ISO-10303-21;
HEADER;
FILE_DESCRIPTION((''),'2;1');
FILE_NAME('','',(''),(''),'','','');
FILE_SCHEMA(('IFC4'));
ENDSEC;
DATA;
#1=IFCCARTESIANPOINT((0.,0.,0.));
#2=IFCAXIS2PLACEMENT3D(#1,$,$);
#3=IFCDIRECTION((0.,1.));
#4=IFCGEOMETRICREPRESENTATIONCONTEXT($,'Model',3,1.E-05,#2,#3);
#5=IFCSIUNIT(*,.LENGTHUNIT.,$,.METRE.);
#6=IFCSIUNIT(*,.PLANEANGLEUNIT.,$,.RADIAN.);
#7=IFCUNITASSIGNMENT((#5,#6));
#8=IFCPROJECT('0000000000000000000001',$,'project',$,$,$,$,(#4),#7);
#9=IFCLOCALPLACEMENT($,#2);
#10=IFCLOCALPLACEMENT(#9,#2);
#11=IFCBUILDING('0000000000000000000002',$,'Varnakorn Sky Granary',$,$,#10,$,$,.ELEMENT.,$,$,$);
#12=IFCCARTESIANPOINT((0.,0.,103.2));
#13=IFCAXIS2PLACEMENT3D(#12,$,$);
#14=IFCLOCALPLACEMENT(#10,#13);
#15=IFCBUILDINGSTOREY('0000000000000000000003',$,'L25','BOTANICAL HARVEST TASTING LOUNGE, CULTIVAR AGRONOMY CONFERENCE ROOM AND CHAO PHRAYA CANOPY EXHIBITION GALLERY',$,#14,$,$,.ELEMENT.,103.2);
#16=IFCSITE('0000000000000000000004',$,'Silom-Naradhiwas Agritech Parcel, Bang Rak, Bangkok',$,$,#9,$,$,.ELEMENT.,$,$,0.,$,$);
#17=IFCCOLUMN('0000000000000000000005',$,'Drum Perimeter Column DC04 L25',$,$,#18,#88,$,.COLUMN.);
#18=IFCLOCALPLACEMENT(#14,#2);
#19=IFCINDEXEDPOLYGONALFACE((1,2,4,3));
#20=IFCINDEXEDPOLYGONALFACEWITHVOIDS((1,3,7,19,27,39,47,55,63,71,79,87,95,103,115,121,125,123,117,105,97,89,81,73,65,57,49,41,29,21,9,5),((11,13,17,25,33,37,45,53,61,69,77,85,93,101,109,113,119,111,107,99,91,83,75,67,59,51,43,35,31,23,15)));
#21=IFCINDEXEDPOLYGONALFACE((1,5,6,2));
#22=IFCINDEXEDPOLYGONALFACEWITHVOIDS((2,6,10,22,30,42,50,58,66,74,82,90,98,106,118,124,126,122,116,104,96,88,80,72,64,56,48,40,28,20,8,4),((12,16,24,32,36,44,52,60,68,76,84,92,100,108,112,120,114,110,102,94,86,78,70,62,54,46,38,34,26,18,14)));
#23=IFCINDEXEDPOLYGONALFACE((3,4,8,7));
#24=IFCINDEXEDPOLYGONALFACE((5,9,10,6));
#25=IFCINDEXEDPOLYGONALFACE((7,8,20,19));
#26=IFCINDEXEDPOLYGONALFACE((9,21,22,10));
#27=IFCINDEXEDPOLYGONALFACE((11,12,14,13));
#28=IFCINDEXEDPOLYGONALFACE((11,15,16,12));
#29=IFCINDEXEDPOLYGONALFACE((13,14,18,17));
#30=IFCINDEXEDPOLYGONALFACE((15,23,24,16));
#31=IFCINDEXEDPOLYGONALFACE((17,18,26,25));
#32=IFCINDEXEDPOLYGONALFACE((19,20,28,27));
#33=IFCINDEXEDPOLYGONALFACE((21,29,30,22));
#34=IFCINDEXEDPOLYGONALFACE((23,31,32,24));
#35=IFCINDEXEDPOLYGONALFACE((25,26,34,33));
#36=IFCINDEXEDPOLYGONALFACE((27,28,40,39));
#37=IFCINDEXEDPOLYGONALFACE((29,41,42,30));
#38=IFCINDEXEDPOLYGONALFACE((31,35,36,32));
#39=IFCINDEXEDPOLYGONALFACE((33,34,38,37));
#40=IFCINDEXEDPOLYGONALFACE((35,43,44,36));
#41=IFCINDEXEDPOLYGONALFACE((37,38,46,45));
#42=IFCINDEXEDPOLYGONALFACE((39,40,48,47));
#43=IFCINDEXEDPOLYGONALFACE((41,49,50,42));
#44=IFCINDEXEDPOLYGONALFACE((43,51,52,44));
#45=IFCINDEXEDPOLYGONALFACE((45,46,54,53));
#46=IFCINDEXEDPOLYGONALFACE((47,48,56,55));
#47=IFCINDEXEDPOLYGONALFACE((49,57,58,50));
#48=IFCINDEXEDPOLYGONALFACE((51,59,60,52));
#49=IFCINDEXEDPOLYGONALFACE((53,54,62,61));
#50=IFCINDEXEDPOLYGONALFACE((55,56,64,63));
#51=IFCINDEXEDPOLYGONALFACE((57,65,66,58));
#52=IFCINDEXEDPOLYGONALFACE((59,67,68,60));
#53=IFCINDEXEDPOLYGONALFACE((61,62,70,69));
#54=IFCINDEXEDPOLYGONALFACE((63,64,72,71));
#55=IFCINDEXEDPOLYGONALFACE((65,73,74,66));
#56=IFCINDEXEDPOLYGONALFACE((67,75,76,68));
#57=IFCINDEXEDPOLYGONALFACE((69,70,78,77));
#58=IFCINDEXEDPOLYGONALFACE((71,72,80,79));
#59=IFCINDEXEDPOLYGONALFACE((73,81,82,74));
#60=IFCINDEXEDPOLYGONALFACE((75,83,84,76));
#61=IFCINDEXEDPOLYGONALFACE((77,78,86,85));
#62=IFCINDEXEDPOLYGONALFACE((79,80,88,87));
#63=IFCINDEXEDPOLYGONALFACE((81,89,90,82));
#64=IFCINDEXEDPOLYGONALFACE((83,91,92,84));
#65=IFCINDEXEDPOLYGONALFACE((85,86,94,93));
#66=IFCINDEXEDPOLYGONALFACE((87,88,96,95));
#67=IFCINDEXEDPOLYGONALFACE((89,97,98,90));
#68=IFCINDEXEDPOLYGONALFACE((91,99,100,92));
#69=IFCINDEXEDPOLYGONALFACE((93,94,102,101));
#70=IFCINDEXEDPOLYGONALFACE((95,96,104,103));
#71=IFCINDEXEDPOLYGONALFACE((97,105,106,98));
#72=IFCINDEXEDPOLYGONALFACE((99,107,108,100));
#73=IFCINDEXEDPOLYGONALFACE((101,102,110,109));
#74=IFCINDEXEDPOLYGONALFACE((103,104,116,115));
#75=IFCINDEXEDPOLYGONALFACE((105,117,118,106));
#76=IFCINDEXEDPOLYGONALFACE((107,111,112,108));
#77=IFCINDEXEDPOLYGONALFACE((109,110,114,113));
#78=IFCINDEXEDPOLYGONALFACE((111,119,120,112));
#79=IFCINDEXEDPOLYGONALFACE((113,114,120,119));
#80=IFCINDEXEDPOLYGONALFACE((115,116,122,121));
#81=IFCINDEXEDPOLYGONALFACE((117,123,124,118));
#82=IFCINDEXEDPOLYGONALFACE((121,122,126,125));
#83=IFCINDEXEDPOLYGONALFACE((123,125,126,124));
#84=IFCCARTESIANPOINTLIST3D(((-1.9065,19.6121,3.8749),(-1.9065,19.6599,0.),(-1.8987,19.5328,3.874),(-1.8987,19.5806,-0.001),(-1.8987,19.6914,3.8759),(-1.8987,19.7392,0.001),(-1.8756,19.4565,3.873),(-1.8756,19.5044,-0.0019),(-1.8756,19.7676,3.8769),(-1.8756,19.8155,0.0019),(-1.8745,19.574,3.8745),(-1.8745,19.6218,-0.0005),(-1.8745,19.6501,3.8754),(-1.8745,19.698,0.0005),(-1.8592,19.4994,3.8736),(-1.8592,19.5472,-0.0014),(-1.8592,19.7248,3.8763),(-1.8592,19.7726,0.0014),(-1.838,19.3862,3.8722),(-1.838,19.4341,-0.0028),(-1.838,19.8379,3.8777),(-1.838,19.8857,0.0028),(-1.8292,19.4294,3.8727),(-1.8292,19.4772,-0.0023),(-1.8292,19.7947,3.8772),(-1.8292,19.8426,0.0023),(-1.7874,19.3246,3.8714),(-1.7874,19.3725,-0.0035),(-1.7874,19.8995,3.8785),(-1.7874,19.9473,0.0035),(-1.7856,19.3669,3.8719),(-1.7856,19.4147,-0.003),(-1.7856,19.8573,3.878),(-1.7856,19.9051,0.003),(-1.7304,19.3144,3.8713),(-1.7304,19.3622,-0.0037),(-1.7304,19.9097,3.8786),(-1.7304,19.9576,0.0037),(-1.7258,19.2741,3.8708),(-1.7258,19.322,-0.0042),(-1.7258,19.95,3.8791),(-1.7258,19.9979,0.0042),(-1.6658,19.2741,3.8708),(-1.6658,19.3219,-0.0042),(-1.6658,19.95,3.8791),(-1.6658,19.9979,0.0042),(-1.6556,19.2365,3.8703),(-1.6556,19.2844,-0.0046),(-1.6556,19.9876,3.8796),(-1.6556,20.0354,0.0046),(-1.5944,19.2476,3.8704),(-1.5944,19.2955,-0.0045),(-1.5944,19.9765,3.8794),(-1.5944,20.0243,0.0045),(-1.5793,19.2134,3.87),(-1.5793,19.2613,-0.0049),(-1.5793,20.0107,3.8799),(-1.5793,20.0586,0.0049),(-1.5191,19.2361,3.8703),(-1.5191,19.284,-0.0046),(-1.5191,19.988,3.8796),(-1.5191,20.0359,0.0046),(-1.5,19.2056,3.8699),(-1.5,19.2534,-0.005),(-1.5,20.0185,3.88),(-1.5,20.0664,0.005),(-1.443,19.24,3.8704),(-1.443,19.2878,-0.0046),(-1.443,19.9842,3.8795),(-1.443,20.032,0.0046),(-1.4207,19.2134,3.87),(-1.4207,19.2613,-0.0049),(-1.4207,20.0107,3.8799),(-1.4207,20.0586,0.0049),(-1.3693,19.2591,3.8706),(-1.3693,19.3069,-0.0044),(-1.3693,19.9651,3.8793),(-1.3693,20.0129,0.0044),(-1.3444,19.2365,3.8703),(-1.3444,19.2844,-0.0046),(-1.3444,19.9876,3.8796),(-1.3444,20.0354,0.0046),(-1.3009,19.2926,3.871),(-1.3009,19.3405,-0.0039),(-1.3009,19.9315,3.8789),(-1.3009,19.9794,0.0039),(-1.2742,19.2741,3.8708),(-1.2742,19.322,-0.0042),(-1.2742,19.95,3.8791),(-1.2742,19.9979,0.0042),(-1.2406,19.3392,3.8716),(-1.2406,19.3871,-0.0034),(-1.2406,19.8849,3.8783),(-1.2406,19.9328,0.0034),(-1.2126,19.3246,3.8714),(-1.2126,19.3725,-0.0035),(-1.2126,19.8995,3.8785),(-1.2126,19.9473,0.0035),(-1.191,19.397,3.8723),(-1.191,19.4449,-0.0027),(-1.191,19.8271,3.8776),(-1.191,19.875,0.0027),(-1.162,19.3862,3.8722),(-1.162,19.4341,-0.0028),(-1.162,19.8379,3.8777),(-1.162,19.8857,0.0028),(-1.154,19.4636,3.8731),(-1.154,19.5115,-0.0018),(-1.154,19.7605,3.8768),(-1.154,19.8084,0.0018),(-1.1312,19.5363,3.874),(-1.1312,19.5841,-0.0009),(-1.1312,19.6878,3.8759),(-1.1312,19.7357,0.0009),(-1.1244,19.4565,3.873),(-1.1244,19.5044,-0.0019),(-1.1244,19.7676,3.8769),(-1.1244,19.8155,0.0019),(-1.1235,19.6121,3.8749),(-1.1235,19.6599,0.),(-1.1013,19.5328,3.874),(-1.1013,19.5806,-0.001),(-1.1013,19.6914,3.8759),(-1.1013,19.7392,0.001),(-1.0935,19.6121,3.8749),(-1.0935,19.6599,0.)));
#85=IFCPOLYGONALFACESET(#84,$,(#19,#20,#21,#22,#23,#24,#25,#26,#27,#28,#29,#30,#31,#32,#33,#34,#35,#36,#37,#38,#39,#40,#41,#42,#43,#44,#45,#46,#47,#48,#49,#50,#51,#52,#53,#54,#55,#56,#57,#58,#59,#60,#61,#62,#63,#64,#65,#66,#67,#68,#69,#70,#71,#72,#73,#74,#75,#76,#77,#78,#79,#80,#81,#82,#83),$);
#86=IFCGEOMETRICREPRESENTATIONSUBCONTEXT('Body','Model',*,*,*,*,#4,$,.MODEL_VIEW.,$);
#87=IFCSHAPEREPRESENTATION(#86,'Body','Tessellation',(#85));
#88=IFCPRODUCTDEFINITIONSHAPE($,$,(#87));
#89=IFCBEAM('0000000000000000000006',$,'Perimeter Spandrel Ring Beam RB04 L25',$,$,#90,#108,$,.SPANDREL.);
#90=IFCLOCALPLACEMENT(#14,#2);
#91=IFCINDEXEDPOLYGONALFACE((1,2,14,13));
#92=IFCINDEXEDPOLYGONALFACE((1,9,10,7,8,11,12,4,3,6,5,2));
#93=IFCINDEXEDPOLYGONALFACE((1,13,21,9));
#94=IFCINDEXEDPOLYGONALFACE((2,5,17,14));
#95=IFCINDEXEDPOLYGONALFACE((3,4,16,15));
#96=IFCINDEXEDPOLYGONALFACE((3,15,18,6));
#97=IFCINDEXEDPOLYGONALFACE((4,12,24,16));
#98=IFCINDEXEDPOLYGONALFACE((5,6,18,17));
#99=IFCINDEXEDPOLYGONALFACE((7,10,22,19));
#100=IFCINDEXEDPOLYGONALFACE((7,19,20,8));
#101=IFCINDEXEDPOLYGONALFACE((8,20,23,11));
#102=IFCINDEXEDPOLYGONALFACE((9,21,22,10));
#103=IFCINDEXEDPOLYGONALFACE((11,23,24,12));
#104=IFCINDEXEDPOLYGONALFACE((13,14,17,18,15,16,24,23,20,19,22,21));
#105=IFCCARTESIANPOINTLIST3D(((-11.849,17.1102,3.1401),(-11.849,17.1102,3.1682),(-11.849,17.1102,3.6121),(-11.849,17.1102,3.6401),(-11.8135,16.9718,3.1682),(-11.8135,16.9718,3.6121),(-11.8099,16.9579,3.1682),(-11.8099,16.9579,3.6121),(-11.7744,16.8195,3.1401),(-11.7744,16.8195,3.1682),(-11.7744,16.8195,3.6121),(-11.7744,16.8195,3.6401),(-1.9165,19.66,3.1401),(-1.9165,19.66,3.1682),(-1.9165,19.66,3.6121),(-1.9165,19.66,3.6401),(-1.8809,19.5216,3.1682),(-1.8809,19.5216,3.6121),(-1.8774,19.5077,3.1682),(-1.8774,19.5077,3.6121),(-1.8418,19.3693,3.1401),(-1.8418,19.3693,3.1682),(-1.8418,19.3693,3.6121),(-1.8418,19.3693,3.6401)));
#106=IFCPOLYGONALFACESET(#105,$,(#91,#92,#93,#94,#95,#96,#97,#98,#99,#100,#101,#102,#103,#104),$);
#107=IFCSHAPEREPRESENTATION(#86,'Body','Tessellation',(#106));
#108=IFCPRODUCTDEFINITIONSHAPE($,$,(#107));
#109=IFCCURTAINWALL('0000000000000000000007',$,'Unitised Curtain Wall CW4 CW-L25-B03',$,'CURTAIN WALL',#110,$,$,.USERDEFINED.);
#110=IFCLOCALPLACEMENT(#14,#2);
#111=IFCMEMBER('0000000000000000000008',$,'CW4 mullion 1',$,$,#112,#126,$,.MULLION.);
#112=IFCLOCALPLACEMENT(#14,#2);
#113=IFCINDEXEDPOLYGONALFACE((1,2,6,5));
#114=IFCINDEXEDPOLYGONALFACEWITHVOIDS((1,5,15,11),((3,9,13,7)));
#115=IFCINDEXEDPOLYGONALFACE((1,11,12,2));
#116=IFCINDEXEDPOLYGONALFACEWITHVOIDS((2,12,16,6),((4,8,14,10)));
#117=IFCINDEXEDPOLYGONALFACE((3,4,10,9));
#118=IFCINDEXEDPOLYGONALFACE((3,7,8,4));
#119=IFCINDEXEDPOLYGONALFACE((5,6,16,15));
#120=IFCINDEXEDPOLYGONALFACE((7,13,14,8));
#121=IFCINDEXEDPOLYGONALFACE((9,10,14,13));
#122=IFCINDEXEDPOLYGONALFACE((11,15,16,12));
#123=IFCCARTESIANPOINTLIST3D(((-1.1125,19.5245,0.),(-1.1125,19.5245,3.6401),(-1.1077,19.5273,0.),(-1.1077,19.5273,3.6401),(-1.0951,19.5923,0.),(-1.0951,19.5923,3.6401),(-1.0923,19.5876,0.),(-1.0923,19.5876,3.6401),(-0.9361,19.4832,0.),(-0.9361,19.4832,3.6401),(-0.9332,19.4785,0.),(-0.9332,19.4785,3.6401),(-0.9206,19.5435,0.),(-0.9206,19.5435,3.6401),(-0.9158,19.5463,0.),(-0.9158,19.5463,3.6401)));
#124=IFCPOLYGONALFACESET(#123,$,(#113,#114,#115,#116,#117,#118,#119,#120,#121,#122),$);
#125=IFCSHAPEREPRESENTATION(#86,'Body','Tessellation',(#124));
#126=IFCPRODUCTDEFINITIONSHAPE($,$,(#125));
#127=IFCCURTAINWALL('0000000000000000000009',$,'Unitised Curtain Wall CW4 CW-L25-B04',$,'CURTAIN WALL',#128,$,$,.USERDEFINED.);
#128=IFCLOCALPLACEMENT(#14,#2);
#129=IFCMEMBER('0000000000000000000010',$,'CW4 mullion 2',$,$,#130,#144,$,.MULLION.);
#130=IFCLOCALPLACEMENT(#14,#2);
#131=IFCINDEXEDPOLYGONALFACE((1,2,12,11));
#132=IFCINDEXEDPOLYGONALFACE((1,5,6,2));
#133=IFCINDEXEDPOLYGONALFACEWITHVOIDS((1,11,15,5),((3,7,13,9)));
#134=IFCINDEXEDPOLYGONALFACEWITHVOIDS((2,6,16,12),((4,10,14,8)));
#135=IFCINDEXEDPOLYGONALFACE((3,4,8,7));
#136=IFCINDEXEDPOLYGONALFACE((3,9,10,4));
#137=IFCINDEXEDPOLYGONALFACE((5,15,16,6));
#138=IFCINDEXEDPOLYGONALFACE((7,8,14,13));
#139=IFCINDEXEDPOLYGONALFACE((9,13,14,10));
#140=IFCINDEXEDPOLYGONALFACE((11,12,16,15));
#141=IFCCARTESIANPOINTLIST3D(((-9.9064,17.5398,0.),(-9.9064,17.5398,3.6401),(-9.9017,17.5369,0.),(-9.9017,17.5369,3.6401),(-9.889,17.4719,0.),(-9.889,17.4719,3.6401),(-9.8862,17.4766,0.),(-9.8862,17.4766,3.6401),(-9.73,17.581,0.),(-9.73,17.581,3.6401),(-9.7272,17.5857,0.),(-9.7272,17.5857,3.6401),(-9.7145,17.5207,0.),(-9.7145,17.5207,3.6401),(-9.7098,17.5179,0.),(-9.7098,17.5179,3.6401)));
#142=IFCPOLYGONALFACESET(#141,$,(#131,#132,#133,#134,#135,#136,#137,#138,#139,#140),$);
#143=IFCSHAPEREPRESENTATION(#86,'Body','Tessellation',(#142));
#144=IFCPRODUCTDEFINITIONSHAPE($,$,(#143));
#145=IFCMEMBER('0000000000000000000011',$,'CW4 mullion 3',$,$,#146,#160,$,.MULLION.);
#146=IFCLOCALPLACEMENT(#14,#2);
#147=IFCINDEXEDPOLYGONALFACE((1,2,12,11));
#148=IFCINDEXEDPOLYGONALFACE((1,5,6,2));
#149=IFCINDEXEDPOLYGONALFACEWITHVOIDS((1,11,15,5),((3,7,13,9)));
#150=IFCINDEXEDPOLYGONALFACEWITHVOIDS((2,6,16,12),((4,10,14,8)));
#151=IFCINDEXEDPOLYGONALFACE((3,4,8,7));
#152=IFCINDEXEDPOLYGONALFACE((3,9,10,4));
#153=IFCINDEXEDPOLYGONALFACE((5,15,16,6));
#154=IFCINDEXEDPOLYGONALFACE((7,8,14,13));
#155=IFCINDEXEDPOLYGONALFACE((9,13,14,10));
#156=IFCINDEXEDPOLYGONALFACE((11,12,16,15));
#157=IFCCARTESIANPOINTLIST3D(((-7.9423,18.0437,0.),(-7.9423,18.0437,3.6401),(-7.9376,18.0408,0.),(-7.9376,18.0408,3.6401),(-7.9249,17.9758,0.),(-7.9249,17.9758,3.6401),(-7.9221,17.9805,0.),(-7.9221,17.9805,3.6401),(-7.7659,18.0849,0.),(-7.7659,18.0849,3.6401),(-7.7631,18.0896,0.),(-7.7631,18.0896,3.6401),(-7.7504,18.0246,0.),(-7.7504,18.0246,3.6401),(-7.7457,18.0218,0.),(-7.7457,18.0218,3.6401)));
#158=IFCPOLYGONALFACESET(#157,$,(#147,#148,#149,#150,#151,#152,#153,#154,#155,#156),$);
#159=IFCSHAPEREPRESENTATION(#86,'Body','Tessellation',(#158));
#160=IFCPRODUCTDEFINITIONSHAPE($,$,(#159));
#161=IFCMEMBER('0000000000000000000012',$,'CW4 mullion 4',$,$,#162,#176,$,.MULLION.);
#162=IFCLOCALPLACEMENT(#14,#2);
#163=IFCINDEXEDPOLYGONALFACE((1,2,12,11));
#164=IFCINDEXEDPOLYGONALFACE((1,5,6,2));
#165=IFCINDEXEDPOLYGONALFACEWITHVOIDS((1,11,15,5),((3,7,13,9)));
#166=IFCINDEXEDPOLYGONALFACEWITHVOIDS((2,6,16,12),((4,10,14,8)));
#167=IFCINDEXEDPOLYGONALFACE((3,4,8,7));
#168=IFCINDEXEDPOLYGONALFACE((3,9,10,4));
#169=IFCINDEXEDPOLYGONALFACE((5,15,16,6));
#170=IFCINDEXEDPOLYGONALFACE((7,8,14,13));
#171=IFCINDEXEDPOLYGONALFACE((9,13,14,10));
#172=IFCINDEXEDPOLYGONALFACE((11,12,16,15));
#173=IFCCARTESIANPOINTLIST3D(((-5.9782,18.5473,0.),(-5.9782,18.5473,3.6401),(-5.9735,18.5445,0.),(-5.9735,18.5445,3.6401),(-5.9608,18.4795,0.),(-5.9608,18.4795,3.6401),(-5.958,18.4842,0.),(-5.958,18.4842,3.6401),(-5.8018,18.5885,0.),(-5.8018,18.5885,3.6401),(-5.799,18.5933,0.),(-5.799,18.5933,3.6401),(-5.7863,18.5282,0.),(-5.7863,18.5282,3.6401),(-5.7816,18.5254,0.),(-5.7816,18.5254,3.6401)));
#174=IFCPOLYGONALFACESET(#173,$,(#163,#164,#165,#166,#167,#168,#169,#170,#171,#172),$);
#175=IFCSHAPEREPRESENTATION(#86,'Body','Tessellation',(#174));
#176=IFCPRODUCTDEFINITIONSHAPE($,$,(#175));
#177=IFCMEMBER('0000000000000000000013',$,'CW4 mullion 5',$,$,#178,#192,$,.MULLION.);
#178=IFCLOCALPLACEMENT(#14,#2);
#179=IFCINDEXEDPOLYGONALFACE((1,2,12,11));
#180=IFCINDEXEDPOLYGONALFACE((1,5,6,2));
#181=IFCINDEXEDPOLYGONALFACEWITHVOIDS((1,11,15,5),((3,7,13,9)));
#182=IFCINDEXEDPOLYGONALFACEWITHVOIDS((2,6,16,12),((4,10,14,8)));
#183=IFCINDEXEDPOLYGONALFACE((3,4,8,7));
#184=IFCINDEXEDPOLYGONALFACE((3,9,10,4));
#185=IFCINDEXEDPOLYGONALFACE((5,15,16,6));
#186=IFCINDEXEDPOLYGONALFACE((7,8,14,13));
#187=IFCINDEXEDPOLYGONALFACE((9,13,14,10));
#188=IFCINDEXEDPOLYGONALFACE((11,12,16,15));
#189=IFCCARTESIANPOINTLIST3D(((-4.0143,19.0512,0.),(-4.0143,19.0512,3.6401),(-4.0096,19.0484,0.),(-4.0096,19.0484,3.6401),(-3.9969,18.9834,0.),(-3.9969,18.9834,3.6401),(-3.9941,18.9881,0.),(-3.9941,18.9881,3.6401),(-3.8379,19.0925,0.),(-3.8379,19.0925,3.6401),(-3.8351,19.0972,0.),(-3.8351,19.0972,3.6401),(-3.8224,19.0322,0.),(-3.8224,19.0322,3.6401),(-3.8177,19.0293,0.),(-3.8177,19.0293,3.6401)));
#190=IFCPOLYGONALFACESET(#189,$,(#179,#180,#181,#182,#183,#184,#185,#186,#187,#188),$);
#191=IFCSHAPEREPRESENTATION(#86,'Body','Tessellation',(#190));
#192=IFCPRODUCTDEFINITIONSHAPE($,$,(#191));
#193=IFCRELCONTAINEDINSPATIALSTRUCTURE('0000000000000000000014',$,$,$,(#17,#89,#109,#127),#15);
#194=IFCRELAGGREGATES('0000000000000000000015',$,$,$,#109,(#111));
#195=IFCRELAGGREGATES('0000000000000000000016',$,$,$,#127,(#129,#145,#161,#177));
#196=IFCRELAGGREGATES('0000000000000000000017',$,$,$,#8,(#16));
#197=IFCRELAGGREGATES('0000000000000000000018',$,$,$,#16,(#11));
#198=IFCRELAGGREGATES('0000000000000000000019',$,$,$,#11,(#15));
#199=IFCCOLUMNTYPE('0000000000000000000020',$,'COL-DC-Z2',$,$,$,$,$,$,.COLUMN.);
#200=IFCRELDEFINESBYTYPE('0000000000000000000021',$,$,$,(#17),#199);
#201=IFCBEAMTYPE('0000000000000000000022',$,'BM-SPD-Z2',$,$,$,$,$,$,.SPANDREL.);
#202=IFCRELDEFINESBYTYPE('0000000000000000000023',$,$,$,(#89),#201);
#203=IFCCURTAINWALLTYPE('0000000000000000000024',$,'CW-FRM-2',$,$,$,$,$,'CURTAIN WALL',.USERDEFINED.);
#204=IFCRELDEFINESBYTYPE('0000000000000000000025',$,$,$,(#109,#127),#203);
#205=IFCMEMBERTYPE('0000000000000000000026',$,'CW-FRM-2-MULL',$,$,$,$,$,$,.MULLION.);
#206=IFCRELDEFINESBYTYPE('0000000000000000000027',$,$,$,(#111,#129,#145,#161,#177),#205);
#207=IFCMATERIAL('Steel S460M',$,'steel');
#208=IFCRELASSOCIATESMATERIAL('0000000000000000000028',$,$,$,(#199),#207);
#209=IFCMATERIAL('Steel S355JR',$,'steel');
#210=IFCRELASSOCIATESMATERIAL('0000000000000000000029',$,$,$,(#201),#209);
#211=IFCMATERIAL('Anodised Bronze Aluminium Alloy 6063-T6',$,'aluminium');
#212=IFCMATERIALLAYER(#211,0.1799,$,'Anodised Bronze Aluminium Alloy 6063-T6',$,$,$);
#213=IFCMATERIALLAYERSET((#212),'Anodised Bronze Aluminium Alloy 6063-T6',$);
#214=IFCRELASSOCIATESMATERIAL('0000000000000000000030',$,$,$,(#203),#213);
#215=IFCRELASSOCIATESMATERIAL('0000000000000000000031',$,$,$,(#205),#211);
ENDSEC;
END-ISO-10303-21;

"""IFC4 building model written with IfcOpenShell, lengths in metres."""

from ifc_helpers import new_model, si_unit, direction, frame, origin, origin_2d, place, context, subcontext, project, spatial, hollow_rectangle, hollow_circle, i_section, extrude, material, layer, layer_set, material_profile, profile_set, type_object, element, aggregate, save


model = new_model("IFC4")

# Units and contexts
model_context = context("Model", 3, precision=1e-05, world=origin(), true_north=direction((0.0, 1.0)))
body_context = subcontext(model_context, "Body", "Model", "MODEL_VIEW")
ifc_project = project(units=[si_unit("LENGTHUNIT", "METRE"), si_unit("PLANEANGLEUNIT", "RADIAN")], contexts=[model_context])

# Site, building, storey
site_placement = place(None, origin())
site = spatial("IfcSite", under=ifc_project, at=site_placement, Name="Silom-Naradhiwas Agritech Parcel, Bang Rak, Bangkok", CompositionType="ELEMENT", RefElevation=0.0)
building_placement = place(site_placement, origin())
building = spatial("IfcBuilding", under=site, at=building_placement, Name="Varnakorn Sky Granary", CompositionType="ELEMENT")
storey_placement = place(building_placement, frame((0.0, 0.0, 103.2)))
storey = spatial("IfcBuildingStorey", under=building, at=storey_placement, Name="L25", Description="BOTANICAL HARVEST TASTING LOUNGE, CULTIVAR AGRONOMY CONFERENCE ROOM AND CHAO PHRAYA CANOPY EXHIBITION GALLERY", CompositionType="ELEMENT", Elevation=103.2)

# Column
ifc_material_1 = material(Name="Steel S460M", Category="steel")
ifc_material_profile_1 = material_profile(ifc_material_1, hollow_circle(Radius=0.4065, WallThickness=0.03, at=origin_2d()), Name="CHS 813x30")
ifc_profile_set_1 = profile_set([ifc_material_profile_1], Name="Steel S460M")
column_type = type_object("IfcColumnType", Name="COL-DC-Z2", PredefinedType="COLUMN", material=ifc_profile_set_1)
column_placement = place(storey_placement, frame((-1.5, 19.6599, 0.0), z_axis=(0.0, -0.012348, 0.999924), x_axis=(1.0, 0.0, 0.0)))
element("IfcColumn", 1, at=column_placement, inside=storey, type_object=column_type, Name="Drum Perimeter Column DC04 L25", PredefinedType="COLUMN", context=body_context, shape_type="SweptSolid", body=[
    extrude(hollow_circle(Radius=0.4065, WallThickness=0.03, at=origin_2d()), origin(), (0.0, 0.0, 1.0), 3.8752),
])

# Beam
ifc_material_2 = material(Name="Steel S355JR", Category="steel")
ifc_material_profile_2 = material_profile(ifc_material_2, i_section(OverallWidth=0.3, OverallDepth=0.5, WebThickness=0.0144, FlangeThickness=0.0281, at=origin_2d()), Name="HE 500 B")
ifc_profile_set_2 = profile_set([ifc_material_profile_2], Name="Steel S355JR")
beam_type = type_object("IfcBeamType", Name="BM-SPD-Z2", PredefinedType="SPANDREL", material=ifc_profile_set_2)
beam_placement = place(storey_placement, frame((-1.8792, 19.5146, 3.3901), z_axis=(-0.968594, -0.248648, 0.0), x_axis=(0.248648, -0.968594, 0.0)))
element("IfcBeam", 2, at=beam_placement, inside=storey, type_object=beam_type, Name="Perimeter Spandrel Ring Beam RB04 L25", PredefinedType="SPANDREL", context=body_context, shape_type="SweptSolid", body=[
    extrude(i_section(OverallWidth=0.3, OverallDepth=0.5, WebThickness=0.0144, FlangeThickness=0.0281, at=origin_2d()), origin(), (0.0, 0.0, 1.0), 10.2546),
])

# Curtain wall, member
ifc_material_3 = material(Name="Anodised Bronze Aluminium Alloy 6063-T6", Category="aluminium")
ifc_layer_1 = layer(ifc_material_3, 0.1799, Name="Anodised Bronze Aluminium Alloy 6063-T6")
ifc_layer_set_1 = layer_set([ifc_layer_1], Name="Anodised Bronze Aluminium Alloy 6063-T6")
curtain_wall_type = type_object("IfcCurtainWallType", Name="CW-FRM-2", ElementType="CURTAIN WALL", PredefinedType="USERDEFINED", material=ifc_layer_set_1)
curtain_wall_1_placement = place(storey_placement, origin())
curtain_wall_1 = element("IfcCurtainWall", 3, at=curtain_wall_1_placement, inside=storey, type_object=curtain_wall_type, Name="Unitised Curtain Wall CW4 CW-L25-B03", ObjectType="CURTAIN WALL", PredefinedType="USERDEFINED")
ifc_material_profile_3 = material_profile(ifc_material_3, hollow_rectangle(XDim=0.0701, YDim=0.1851, WallThickness=0.0039, at=origin_2d()), Name="ALU MULL 70x185")
ifc_profile_set_3 = profile_set([ifc_material_profile_3], Name="Anodised Bronze Aluminium Alloy 6063-T6")
member_type_1 = type_object("IfcMemberType", Name="CW-FRM-2-MULL", PredefinedType="MULLION", material=ifc_profile_set_3)
member_1_placement = place(storey_placement, frame((-1.0142, 19.5354, 0.0), z_axis=(0.0, 0.0, 1.0), x_axis=(0.248477, 0.968638, 0.0)))
member_1 = element("IfcMember", 4, at=member_1_placement, type_object=member_type_1, Name="CW4 mullion 1", PredefinedType="MULLION", context=body_context, shape_type="SweptSolid", body=[
    extrude(hollow_rectangle(XDim=0.0701, YDim=0.1851, WallThickness=0.0039, at=origin_2d()), origin(), (0.0, 0.0, 1.0), 3.6401),
])

# Curtain wall, members
curtain_wall_2_placement = place(storey_placement, origin())
curtain_wall_2 = element("IfcCurtainWall", 5, at=curtain_wall_2_placement, inside=storey, type_object=curtain_wall_type, Name="Unitised Curtain Wall CW4 CW-L25-B04", ObjectType="CURTAIN WALL", PredefinedType="USERDEFINED")
member_2_placement = place(storey_placement, frame((-9.8081, 17.5288, 0.0), z_axis=(0.0, 0.0, 1.0), x_axis=(-0.248477, 0.968638, 0.0)))
member_2 = element("IfcMember", 6, at=member_2_placement, type_object=member_type_1, Name="CW4 mullion 2", PredefinedType="MULLION", context=body_context, shape_type="SweptSolid", body=[
    extrude(hollow_rectangle(XDim=0.0701, YDim=0.1851, WallThickness=0.0039, at=origin_2d()), origin(), (0.0, 0.0, 1.0), 3.6401),
])
member_3_placement = place(storey_placement, frame((-7.844, 18.0327, 0.0), z_axis=(0.0, 0.0, 1.0), x_axis=(-0.248477, 0.968638, 0.0)))
member_3 = element("IfcMember", 7, at=member_3_placement, type_object=member_type_1, Name="CW4 mullion 3", PredefinedType="MULLION", context=body_context, shape_type="SweptSolid", body=[
    extrude(hollow_rectangle(XDim=0.0701, YDim=0.1851, WallThickness=0.0039, at=origin_2d()), origin(), (0.0, 0.0, 1.0), 3.6401),
])
member_4_placement = place(storey_placement, frame((-5.8799, 18.5364, 0.0), z_axis=(0.0, 0.0, 1.0), x_axis=(-0.248477, 0.968638, 0.0)))
member_4 = element("IfcMember", 8, at=member_4_placement, type_object=member_type_1, Name="CW4 mullion 4", PredefinedType="MULLION", context=body_context, shape_type="SweptSolid", body=[
    extrude(hollow_rectangle(XDim=0.0701, YDim=0.1851, WallThickness=0.0039, at=origin_2d()), origin(), (0.0, 0.0, 1.0), 3.6401),
])
member_5_placement = place(storey_placement, frame((-3.916, 19.0403, 0.0), z_axis=(0.0, 0.0, 1.0), x_axis=(-0.248477, 0.968638, 0.0)))
member_5 = element("IfcMember", 9, at=member_5_placement, type_object=member_type_1, Name="CW4 mullion 5", PredefinedType="MULLION", context=body_context, shape_type="SweptSolid", body=[
    extrude(hollow_rectangle(XDim=0.0701, YDim=0.1851, WallThickness=0.0039, at=origin_2d()), origin(), (0.0, 0.0, 1.0), 3.6401),
])

aggregate(curtain_wall_1, [member_1])

aggregate(curtain_wall_2, [member_2, member_3, member_4, member_5])

save(model, "model.ifc")
